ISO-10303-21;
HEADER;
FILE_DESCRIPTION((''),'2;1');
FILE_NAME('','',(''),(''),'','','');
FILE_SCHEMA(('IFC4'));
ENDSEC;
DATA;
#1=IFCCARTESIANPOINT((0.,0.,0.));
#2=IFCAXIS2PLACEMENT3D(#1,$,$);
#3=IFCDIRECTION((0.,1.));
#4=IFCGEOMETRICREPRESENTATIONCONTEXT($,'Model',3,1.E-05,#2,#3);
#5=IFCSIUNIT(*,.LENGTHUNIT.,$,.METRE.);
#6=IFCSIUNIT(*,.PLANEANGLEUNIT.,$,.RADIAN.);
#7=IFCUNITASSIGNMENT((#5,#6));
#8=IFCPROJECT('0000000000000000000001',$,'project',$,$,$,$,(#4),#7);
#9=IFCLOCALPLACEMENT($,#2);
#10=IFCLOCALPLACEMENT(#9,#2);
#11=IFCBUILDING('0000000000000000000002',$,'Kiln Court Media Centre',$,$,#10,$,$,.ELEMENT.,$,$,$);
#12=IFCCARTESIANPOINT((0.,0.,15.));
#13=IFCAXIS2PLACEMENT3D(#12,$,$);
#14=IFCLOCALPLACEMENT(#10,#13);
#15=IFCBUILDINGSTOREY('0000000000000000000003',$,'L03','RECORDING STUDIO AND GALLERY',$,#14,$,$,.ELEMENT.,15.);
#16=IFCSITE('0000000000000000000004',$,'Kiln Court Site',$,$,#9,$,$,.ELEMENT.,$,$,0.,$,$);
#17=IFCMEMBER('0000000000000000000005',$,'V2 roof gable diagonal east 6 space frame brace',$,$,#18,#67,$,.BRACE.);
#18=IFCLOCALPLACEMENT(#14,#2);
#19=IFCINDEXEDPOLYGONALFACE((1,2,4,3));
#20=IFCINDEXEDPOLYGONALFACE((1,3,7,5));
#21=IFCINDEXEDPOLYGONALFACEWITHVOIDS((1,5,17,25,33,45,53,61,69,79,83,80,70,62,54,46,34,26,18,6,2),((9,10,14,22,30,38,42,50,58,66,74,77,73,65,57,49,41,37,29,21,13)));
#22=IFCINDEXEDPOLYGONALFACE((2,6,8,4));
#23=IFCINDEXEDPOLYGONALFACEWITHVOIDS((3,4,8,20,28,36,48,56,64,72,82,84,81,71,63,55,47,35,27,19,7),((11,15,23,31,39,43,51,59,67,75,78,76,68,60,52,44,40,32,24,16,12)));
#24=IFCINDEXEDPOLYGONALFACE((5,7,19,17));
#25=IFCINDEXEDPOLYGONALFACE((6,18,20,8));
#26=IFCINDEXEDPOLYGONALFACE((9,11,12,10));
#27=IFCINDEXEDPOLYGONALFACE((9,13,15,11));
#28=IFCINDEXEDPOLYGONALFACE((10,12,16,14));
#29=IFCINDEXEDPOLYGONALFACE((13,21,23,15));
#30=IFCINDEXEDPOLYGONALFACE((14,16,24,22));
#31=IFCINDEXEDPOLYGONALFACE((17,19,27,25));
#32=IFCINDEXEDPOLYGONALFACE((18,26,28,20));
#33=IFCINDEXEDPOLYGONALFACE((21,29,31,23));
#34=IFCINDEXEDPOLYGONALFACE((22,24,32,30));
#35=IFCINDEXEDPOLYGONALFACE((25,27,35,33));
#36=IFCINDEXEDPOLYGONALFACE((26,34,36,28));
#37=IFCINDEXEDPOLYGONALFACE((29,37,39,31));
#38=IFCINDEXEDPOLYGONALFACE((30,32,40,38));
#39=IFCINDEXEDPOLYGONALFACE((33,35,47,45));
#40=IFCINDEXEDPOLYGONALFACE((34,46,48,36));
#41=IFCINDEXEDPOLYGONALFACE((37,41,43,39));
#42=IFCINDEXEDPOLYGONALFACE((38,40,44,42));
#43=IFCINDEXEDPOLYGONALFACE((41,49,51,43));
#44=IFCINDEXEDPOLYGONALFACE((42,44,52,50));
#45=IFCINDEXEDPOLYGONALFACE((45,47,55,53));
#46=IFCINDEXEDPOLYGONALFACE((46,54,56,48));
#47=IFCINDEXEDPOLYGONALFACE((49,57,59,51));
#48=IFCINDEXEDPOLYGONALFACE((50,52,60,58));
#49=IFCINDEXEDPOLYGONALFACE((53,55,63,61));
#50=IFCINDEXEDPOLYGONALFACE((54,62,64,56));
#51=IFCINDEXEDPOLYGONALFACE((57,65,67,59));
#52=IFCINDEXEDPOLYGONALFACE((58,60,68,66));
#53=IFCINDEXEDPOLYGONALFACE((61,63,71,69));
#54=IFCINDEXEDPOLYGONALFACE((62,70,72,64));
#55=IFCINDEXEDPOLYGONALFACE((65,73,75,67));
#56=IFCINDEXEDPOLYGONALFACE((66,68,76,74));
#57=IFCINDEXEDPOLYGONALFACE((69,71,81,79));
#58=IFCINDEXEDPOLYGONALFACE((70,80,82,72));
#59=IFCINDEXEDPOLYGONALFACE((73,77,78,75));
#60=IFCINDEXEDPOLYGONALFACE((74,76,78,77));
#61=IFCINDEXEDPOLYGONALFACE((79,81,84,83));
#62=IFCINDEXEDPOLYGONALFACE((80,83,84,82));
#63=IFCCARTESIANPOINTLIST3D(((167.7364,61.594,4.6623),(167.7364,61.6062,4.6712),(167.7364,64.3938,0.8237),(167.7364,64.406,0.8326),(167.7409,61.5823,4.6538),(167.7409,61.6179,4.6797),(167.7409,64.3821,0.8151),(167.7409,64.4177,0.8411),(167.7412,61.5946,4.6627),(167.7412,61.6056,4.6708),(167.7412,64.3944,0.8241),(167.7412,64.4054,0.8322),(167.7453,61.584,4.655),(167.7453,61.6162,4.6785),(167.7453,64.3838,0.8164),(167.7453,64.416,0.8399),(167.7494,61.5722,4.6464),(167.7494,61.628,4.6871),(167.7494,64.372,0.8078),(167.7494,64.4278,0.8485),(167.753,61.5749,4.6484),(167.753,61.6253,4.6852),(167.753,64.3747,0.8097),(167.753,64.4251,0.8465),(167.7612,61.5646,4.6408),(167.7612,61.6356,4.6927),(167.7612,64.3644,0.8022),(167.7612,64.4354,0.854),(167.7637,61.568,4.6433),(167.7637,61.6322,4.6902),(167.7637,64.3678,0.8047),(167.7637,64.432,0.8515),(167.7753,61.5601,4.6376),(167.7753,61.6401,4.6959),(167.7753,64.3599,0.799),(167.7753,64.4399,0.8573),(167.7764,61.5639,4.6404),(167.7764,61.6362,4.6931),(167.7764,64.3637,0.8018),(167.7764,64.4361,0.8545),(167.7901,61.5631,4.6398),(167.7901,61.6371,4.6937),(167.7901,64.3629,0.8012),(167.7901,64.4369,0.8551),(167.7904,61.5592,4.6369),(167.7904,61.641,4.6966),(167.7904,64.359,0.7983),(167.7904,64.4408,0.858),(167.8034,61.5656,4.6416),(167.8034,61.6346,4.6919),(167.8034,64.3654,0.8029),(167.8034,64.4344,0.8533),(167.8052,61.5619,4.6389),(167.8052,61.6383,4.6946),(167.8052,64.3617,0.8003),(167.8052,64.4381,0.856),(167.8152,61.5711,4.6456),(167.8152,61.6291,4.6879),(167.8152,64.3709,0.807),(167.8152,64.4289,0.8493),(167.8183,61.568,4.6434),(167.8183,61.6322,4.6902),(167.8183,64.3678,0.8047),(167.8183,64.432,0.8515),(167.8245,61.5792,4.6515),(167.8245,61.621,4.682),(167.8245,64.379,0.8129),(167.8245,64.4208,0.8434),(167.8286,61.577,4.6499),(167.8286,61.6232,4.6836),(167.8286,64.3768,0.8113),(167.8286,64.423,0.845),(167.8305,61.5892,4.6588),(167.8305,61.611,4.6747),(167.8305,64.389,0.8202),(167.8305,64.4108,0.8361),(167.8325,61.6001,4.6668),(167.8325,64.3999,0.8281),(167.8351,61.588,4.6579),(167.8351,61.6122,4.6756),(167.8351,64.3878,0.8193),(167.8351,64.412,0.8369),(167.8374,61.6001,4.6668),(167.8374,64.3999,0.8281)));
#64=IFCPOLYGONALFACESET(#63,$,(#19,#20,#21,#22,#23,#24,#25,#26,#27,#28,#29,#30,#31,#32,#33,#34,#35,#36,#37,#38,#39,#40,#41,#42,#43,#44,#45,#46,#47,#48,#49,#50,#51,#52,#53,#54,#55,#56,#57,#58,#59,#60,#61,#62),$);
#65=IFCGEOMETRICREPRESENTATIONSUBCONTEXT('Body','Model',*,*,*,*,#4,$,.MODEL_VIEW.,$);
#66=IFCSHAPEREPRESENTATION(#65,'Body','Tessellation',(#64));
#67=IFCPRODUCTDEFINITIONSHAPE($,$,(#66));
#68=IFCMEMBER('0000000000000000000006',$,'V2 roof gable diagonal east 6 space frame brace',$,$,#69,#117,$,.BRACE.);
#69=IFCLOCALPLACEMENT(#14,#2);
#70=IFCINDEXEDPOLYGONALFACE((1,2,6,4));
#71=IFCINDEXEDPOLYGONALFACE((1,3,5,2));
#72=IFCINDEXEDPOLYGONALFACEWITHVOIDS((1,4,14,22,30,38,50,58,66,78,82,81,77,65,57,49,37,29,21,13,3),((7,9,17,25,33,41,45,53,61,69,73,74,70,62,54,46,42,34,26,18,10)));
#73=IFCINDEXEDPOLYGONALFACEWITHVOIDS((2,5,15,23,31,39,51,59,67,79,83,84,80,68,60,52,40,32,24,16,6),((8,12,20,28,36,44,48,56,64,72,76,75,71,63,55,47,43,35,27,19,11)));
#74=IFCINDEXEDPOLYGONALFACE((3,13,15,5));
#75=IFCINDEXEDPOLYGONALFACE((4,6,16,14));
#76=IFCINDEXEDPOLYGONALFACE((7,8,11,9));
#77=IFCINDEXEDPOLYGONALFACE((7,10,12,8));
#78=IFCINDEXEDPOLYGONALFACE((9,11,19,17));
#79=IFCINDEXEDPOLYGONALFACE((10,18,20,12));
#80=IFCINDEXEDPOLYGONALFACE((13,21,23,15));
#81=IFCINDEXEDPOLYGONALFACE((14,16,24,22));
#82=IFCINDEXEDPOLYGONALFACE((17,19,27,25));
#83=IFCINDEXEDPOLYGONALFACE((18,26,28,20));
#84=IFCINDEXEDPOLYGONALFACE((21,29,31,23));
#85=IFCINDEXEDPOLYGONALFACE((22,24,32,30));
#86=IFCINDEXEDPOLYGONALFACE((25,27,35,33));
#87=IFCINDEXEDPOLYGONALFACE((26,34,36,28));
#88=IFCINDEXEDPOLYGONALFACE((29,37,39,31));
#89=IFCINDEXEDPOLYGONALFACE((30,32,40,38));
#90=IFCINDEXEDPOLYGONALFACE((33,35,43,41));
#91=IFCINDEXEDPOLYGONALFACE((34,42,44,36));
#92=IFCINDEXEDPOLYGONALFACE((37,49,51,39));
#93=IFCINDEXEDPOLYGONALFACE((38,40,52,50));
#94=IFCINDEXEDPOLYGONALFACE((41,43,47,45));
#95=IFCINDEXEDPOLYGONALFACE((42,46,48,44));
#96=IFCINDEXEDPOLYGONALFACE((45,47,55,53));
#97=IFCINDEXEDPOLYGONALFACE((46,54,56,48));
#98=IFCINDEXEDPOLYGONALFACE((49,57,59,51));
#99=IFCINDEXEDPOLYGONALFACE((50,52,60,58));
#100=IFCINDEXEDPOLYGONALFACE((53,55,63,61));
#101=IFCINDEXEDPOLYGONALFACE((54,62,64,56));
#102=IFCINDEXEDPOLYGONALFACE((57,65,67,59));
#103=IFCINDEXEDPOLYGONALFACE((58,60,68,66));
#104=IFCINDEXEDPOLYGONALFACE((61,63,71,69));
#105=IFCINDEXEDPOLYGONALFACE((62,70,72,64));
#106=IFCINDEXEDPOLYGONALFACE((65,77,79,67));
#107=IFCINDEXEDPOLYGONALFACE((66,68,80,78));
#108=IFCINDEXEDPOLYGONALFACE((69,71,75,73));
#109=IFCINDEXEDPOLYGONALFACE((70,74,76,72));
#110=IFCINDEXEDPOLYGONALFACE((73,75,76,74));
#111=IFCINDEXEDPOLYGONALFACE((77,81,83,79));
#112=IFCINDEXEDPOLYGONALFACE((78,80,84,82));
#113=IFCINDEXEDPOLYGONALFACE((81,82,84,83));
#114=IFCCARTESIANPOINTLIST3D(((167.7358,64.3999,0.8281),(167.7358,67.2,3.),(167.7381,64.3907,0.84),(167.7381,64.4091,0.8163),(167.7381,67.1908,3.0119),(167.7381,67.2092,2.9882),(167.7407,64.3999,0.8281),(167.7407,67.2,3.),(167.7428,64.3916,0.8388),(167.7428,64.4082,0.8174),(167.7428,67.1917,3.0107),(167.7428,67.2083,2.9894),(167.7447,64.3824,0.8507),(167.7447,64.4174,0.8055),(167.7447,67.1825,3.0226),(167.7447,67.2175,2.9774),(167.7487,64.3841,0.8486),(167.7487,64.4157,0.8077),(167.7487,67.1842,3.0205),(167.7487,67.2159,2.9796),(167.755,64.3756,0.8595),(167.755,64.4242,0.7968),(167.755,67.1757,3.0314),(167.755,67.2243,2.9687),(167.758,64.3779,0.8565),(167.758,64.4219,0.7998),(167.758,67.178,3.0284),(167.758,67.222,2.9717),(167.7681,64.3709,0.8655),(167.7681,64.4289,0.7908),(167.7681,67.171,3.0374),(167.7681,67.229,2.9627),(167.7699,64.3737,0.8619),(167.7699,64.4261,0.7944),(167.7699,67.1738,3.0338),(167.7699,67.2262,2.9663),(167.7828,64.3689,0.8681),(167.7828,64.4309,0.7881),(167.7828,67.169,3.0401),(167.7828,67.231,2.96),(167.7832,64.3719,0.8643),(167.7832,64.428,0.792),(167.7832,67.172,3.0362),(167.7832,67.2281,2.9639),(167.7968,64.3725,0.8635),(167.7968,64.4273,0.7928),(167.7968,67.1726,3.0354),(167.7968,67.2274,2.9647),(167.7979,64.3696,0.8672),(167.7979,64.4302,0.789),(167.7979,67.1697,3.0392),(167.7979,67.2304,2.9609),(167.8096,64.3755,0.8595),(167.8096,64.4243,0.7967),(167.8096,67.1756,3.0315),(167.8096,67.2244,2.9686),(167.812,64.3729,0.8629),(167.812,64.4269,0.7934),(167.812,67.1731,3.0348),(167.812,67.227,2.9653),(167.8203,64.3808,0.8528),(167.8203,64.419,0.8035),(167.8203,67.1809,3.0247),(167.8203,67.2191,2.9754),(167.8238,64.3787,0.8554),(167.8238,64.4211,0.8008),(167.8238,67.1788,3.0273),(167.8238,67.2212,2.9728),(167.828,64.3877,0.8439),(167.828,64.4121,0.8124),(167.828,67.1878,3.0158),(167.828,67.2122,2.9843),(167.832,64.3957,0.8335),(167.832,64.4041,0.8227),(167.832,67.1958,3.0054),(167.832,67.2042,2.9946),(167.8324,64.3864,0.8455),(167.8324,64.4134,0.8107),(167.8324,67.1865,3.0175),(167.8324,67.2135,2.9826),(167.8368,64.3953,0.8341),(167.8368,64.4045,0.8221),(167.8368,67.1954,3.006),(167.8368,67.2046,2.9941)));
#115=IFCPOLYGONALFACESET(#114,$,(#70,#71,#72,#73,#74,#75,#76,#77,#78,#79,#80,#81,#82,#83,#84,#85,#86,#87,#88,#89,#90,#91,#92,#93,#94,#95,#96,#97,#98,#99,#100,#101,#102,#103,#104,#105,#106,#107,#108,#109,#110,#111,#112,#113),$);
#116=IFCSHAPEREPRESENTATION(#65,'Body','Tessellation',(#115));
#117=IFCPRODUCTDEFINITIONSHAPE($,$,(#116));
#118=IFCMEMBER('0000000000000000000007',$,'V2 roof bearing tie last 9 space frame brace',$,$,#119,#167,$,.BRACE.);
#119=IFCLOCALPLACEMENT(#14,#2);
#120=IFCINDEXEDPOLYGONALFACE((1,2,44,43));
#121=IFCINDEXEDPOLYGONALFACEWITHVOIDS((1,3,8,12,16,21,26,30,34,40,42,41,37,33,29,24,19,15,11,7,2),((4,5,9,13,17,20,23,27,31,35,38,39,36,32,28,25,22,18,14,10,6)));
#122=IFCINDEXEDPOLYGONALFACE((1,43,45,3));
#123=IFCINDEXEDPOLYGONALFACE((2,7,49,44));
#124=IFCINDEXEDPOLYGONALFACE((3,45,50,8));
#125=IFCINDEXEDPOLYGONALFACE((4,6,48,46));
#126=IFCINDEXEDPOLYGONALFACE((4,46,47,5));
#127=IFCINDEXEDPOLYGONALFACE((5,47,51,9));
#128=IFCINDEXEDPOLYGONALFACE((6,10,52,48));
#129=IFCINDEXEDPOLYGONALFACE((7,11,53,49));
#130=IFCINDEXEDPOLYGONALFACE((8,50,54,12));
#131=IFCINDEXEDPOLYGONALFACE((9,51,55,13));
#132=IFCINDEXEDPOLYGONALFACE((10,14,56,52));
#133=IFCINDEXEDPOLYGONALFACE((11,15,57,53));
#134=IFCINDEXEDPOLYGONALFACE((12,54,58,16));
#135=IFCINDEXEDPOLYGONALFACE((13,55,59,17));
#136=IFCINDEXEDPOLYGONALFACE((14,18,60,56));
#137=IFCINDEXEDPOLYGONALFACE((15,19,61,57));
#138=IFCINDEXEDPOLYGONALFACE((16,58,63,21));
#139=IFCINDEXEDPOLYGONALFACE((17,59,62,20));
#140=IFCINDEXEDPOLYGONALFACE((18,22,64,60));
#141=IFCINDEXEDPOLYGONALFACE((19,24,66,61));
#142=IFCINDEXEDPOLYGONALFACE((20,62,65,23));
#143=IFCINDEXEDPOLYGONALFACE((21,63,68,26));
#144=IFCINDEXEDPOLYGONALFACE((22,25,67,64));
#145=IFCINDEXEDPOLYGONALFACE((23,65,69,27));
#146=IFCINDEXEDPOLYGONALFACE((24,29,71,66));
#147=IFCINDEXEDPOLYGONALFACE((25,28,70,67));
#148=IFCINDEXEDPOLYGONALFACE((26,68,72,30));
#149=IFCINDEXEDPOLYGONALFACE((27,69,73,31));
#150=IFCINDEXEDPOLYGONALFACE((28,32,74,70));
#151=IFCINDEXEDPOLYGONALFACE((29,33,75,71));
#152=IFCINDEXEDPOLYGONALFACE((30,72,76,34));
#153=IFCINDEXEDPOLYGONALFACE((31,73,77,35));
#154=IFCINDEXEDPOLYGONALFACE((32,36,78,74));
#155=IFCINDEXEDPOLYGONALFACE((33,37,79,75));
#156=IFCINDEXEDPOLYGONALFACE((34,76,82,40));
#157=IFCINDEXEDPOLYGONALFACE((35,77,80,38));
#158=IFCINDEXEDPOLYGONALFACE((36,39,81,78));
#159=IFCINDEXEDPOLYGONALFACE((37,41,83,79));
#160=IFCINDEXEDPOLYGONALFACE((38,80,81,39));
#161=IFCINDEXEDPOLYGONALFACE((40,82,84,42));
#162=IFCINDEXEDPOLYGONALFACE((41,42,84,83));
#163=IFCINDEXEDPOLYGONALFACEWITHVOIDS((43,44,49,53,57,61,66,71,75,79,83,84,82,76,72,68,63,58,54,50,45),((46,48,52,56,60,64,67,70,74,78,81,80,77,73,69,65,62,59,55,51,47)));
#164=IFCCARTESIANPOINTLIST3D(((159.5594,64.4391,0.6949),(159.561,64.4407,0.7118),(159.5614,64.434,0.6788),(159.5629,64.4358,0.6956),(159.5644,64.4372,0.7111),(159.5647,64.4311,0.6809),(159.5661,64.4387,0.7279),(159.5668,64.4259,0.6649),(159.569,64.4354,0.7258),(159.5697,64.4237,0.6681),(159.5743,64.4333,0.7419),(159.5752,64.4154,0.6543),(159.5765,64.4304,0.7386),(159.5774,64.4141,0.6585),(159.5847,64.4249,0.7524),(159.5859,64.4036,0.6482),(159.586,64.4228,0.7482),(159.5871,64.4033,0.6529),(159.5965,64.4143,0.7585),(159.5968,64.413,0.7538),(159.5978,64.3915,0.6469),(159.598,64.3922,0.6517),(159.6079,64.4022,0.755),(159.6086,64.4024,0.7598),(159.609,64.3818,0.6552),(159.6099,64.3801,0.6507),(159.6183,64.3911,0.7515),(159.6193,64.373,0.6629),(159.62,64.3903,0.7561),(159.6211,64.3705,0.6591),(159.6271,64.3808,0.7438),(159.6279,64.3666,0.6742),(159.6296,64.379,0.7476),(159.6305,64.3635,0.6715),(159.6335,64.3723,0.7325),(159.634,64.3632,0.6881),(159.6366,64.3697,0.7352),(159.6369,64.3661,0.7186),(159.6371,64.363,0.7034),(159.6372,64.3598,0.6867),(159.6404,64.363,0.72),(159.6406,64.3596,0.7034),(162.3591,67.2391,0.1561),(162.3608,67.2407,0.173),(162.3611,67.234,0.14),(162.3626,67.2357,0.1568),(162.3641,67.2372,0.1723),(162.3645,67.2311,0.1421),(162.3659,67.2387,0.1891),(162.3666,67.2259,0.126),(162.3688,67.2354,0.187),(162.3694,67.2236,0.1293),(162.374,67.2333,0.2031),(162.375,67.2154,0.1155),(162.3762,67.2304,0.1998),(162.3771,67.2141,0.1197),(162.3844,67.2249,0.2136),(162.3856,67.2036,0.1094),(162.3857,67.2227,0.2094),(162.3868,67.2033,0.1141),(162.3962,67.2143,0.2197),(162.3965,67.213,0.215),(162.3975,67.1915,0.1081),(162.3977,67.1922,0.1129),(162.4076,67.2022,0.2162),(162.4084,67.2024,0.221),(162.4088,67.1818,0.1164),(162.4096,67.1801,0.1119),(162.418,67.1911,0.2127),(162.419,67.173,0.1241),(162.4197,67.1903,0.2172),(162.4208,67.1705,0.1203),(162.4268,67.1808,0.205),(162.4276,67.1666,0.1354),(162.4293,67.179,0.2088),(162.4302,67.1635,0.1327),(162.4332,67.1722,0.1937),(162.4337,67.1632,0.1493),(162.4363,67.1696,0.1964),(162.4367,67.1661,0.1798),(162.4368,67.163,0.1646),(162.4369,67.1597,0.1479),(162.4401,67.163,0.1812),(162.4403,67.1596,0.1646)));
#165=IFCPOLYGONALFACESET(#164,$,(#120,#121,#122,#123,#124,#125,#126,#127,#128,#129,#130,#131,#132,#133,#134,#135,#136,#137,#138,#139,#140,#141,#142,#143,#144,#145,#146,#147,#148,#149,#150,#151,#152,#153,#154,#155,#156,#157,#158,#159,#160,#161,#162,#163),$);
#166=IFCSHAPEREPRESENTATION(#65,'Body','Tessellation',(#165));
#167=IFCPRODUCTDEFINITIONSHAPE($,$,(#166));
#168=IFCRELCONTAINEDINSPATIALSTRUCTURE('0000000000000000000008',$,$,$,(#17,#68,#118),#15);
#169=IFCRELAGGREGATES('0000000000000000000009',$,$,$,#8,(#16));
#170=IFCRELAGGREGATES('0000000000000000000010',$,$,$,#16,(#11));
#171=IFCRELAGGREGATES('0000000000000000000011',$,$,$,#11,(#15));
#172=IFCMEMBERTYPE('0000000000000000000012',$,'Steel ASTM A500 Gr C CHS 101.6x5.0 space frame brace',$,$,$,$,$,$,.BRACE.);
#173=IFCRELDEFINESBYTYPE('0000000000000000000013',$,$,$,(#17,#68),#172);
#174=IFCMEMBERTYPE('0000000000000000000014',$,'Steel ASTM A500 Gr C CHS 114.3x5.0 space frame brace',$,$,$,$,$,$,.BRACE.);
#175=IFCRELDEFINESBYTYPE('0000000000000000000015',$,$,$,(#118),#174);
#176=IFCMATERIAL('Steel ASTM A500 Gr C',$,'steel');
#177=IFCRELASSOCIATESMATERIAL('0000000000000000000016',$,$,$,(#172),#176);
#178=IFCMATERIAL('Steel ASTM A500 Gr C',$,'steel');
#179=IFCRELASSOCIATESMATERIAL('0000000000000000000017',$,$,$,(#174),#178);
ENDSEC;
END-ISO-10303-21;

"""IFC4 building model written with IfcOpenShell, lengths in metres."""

from ifc_helpers import new_model, si_unit, direction, frame, origin, origin_2d, place, context, subcontext, project, spatial, hollow_circle, extrude, material, material_profile, profile_set, type_object, element, save


model = new_model("IFC4")

# Units and contexts
model_context = context("Model", 3, precision=1e-05, world=origin(), true_north=direction((0.0, 1.0)))
body_context = subcontext(model_context, "Body", "Model", "MODEL_VIEW")
ifc_project = project(units=[si_unit("LENGTHUNIT", "METRE"), si_unit("PLANEANGLEUNIT", "RADIAN")], contexts=[model_context])

# Site, building, storey
site_placement = place(None, origin())
site = spatial("IfcSite", under=ifc_project, at=site_placement, Name="Kiln Court Site", CompositionType="ELEMENT", RefElevation=0.0)
building_placement = place(site_placement, origin())
building = spatial("IfcBuilding", under=site, at=building_placement, Name="Kiln Court Media Centre", CompositionType="ELEMENT")
storey_placement = place(building_placement, frame((0.0, 0.0, 15.0)))
storey = spatial("IfcBuildingStorey", under=building, at=storey_placement, Name="L03", Description="RECORDING STUDIO AND GALLERY", CompositionType="ELEMENT", Elevation=15.0)

# Members
ifc_material_1 = material(Name="Steel ASTM A500 Gr C", Category="steel")
ifc_material_profile_1 = material_profile(ifc_material_1, hollow_circle(Radius=0.0508, WallThickness=0.0049, at=origin_2d()), Name="CHS 101.6x5.0")
ifc_profile_set_1 = profile_set([ifc_material_profile_1], Name="Steel ASTM A500 Gr C")
member_type_1 = type_object("IfcMemberType", Name="Steel ASTM A500 Gr C CHS 101.6x5.0 space frame brace", PredefinedType="BRACE", material=ifc_profile_set_1)
member_1_placement = place(storey_placement, frame((167.7866, 64.3999, 0.8281), z_axis=(0.0, -0.589283, 0.807926), x_axis=(1.0, 0.0, 0.0)))
element("IfcMember", 1, at=member_1_placement, inside=storey, type_object=member_type_1, Name="V2 roof gable diagonal east 6 space frame brace", PredefinedType="BRACE", context=body_context, shape_type="SweptSolid", body=[
    extrude(hollow_circle(Radius=0.0508, WallThickness=0.0049, at=origin_2d()), origin(), (0.0, 0.0, 1.0), 4.7512),
])
member_2_placement = place(storey_placement, frame((167.7866, 64.3999, 0.8281), z_axis=(0.0, 0.790164, 0.612896), x_axis=(-1.0, 0.0, 0.0)))
element("IfcMember", 2, at=member_2_placement, inside=storey, type_object=member_type_1, Name="V2 roof gable diagonal east 6 space frame brace", PredefinedType="BRACE", context=body_context, shape_type="SweptSolid", body=[
    extrude(hollow_circle(Radius=0.0508, WallThickness=0.0049, at=origin_2d()), origin(), (0.0, 0.0, 1.0), 3.5437),
])
ifc_material_2 = material(Name="Steel ASTM A500 Gr C", Category="steel")
ifc_material_profile_2 = material_profile(ifc_material_2, hollow_circle(Radius=0.0571, WallThickness=0.0049, at=origin_2d()), Name="CHS 114.3x5.0")
ifc_profile_set_2 = profile_set([ifc_material_profile_2], Name="Steel ASTM A500 Gr C")
member_type_2 = type_object("IfcMemberType", Name="Steel ASTM A500 Gr C CHS 114.3x5.0 space frame brace", PredefinedType="BRACE", material=ifc_profile_set_2)
member_3_placement = place(storey_placement, frame((162.3999, 67.2, 0.1646), z_axis=(-0.700619, -0.70068, 0.134833), x_axis=(0.707138, -0.707076, 0.0)))
element("IfcMember", 3, at=member_3_placement, inside=storey, type_object=member_type_2, Name="V2 roof bearing tie last 9 space frame brace", PredefinedType="BRACE", context=body_context, shape_type="SweptSolid", body=[
    extrude(hollow_circle(Radius=0.0571, WallThickness=0.0049, at=origin_2d()), origin(), (0.0, 0.0, 1.0), 3.9961),
])

save(model, "model.ifc")
